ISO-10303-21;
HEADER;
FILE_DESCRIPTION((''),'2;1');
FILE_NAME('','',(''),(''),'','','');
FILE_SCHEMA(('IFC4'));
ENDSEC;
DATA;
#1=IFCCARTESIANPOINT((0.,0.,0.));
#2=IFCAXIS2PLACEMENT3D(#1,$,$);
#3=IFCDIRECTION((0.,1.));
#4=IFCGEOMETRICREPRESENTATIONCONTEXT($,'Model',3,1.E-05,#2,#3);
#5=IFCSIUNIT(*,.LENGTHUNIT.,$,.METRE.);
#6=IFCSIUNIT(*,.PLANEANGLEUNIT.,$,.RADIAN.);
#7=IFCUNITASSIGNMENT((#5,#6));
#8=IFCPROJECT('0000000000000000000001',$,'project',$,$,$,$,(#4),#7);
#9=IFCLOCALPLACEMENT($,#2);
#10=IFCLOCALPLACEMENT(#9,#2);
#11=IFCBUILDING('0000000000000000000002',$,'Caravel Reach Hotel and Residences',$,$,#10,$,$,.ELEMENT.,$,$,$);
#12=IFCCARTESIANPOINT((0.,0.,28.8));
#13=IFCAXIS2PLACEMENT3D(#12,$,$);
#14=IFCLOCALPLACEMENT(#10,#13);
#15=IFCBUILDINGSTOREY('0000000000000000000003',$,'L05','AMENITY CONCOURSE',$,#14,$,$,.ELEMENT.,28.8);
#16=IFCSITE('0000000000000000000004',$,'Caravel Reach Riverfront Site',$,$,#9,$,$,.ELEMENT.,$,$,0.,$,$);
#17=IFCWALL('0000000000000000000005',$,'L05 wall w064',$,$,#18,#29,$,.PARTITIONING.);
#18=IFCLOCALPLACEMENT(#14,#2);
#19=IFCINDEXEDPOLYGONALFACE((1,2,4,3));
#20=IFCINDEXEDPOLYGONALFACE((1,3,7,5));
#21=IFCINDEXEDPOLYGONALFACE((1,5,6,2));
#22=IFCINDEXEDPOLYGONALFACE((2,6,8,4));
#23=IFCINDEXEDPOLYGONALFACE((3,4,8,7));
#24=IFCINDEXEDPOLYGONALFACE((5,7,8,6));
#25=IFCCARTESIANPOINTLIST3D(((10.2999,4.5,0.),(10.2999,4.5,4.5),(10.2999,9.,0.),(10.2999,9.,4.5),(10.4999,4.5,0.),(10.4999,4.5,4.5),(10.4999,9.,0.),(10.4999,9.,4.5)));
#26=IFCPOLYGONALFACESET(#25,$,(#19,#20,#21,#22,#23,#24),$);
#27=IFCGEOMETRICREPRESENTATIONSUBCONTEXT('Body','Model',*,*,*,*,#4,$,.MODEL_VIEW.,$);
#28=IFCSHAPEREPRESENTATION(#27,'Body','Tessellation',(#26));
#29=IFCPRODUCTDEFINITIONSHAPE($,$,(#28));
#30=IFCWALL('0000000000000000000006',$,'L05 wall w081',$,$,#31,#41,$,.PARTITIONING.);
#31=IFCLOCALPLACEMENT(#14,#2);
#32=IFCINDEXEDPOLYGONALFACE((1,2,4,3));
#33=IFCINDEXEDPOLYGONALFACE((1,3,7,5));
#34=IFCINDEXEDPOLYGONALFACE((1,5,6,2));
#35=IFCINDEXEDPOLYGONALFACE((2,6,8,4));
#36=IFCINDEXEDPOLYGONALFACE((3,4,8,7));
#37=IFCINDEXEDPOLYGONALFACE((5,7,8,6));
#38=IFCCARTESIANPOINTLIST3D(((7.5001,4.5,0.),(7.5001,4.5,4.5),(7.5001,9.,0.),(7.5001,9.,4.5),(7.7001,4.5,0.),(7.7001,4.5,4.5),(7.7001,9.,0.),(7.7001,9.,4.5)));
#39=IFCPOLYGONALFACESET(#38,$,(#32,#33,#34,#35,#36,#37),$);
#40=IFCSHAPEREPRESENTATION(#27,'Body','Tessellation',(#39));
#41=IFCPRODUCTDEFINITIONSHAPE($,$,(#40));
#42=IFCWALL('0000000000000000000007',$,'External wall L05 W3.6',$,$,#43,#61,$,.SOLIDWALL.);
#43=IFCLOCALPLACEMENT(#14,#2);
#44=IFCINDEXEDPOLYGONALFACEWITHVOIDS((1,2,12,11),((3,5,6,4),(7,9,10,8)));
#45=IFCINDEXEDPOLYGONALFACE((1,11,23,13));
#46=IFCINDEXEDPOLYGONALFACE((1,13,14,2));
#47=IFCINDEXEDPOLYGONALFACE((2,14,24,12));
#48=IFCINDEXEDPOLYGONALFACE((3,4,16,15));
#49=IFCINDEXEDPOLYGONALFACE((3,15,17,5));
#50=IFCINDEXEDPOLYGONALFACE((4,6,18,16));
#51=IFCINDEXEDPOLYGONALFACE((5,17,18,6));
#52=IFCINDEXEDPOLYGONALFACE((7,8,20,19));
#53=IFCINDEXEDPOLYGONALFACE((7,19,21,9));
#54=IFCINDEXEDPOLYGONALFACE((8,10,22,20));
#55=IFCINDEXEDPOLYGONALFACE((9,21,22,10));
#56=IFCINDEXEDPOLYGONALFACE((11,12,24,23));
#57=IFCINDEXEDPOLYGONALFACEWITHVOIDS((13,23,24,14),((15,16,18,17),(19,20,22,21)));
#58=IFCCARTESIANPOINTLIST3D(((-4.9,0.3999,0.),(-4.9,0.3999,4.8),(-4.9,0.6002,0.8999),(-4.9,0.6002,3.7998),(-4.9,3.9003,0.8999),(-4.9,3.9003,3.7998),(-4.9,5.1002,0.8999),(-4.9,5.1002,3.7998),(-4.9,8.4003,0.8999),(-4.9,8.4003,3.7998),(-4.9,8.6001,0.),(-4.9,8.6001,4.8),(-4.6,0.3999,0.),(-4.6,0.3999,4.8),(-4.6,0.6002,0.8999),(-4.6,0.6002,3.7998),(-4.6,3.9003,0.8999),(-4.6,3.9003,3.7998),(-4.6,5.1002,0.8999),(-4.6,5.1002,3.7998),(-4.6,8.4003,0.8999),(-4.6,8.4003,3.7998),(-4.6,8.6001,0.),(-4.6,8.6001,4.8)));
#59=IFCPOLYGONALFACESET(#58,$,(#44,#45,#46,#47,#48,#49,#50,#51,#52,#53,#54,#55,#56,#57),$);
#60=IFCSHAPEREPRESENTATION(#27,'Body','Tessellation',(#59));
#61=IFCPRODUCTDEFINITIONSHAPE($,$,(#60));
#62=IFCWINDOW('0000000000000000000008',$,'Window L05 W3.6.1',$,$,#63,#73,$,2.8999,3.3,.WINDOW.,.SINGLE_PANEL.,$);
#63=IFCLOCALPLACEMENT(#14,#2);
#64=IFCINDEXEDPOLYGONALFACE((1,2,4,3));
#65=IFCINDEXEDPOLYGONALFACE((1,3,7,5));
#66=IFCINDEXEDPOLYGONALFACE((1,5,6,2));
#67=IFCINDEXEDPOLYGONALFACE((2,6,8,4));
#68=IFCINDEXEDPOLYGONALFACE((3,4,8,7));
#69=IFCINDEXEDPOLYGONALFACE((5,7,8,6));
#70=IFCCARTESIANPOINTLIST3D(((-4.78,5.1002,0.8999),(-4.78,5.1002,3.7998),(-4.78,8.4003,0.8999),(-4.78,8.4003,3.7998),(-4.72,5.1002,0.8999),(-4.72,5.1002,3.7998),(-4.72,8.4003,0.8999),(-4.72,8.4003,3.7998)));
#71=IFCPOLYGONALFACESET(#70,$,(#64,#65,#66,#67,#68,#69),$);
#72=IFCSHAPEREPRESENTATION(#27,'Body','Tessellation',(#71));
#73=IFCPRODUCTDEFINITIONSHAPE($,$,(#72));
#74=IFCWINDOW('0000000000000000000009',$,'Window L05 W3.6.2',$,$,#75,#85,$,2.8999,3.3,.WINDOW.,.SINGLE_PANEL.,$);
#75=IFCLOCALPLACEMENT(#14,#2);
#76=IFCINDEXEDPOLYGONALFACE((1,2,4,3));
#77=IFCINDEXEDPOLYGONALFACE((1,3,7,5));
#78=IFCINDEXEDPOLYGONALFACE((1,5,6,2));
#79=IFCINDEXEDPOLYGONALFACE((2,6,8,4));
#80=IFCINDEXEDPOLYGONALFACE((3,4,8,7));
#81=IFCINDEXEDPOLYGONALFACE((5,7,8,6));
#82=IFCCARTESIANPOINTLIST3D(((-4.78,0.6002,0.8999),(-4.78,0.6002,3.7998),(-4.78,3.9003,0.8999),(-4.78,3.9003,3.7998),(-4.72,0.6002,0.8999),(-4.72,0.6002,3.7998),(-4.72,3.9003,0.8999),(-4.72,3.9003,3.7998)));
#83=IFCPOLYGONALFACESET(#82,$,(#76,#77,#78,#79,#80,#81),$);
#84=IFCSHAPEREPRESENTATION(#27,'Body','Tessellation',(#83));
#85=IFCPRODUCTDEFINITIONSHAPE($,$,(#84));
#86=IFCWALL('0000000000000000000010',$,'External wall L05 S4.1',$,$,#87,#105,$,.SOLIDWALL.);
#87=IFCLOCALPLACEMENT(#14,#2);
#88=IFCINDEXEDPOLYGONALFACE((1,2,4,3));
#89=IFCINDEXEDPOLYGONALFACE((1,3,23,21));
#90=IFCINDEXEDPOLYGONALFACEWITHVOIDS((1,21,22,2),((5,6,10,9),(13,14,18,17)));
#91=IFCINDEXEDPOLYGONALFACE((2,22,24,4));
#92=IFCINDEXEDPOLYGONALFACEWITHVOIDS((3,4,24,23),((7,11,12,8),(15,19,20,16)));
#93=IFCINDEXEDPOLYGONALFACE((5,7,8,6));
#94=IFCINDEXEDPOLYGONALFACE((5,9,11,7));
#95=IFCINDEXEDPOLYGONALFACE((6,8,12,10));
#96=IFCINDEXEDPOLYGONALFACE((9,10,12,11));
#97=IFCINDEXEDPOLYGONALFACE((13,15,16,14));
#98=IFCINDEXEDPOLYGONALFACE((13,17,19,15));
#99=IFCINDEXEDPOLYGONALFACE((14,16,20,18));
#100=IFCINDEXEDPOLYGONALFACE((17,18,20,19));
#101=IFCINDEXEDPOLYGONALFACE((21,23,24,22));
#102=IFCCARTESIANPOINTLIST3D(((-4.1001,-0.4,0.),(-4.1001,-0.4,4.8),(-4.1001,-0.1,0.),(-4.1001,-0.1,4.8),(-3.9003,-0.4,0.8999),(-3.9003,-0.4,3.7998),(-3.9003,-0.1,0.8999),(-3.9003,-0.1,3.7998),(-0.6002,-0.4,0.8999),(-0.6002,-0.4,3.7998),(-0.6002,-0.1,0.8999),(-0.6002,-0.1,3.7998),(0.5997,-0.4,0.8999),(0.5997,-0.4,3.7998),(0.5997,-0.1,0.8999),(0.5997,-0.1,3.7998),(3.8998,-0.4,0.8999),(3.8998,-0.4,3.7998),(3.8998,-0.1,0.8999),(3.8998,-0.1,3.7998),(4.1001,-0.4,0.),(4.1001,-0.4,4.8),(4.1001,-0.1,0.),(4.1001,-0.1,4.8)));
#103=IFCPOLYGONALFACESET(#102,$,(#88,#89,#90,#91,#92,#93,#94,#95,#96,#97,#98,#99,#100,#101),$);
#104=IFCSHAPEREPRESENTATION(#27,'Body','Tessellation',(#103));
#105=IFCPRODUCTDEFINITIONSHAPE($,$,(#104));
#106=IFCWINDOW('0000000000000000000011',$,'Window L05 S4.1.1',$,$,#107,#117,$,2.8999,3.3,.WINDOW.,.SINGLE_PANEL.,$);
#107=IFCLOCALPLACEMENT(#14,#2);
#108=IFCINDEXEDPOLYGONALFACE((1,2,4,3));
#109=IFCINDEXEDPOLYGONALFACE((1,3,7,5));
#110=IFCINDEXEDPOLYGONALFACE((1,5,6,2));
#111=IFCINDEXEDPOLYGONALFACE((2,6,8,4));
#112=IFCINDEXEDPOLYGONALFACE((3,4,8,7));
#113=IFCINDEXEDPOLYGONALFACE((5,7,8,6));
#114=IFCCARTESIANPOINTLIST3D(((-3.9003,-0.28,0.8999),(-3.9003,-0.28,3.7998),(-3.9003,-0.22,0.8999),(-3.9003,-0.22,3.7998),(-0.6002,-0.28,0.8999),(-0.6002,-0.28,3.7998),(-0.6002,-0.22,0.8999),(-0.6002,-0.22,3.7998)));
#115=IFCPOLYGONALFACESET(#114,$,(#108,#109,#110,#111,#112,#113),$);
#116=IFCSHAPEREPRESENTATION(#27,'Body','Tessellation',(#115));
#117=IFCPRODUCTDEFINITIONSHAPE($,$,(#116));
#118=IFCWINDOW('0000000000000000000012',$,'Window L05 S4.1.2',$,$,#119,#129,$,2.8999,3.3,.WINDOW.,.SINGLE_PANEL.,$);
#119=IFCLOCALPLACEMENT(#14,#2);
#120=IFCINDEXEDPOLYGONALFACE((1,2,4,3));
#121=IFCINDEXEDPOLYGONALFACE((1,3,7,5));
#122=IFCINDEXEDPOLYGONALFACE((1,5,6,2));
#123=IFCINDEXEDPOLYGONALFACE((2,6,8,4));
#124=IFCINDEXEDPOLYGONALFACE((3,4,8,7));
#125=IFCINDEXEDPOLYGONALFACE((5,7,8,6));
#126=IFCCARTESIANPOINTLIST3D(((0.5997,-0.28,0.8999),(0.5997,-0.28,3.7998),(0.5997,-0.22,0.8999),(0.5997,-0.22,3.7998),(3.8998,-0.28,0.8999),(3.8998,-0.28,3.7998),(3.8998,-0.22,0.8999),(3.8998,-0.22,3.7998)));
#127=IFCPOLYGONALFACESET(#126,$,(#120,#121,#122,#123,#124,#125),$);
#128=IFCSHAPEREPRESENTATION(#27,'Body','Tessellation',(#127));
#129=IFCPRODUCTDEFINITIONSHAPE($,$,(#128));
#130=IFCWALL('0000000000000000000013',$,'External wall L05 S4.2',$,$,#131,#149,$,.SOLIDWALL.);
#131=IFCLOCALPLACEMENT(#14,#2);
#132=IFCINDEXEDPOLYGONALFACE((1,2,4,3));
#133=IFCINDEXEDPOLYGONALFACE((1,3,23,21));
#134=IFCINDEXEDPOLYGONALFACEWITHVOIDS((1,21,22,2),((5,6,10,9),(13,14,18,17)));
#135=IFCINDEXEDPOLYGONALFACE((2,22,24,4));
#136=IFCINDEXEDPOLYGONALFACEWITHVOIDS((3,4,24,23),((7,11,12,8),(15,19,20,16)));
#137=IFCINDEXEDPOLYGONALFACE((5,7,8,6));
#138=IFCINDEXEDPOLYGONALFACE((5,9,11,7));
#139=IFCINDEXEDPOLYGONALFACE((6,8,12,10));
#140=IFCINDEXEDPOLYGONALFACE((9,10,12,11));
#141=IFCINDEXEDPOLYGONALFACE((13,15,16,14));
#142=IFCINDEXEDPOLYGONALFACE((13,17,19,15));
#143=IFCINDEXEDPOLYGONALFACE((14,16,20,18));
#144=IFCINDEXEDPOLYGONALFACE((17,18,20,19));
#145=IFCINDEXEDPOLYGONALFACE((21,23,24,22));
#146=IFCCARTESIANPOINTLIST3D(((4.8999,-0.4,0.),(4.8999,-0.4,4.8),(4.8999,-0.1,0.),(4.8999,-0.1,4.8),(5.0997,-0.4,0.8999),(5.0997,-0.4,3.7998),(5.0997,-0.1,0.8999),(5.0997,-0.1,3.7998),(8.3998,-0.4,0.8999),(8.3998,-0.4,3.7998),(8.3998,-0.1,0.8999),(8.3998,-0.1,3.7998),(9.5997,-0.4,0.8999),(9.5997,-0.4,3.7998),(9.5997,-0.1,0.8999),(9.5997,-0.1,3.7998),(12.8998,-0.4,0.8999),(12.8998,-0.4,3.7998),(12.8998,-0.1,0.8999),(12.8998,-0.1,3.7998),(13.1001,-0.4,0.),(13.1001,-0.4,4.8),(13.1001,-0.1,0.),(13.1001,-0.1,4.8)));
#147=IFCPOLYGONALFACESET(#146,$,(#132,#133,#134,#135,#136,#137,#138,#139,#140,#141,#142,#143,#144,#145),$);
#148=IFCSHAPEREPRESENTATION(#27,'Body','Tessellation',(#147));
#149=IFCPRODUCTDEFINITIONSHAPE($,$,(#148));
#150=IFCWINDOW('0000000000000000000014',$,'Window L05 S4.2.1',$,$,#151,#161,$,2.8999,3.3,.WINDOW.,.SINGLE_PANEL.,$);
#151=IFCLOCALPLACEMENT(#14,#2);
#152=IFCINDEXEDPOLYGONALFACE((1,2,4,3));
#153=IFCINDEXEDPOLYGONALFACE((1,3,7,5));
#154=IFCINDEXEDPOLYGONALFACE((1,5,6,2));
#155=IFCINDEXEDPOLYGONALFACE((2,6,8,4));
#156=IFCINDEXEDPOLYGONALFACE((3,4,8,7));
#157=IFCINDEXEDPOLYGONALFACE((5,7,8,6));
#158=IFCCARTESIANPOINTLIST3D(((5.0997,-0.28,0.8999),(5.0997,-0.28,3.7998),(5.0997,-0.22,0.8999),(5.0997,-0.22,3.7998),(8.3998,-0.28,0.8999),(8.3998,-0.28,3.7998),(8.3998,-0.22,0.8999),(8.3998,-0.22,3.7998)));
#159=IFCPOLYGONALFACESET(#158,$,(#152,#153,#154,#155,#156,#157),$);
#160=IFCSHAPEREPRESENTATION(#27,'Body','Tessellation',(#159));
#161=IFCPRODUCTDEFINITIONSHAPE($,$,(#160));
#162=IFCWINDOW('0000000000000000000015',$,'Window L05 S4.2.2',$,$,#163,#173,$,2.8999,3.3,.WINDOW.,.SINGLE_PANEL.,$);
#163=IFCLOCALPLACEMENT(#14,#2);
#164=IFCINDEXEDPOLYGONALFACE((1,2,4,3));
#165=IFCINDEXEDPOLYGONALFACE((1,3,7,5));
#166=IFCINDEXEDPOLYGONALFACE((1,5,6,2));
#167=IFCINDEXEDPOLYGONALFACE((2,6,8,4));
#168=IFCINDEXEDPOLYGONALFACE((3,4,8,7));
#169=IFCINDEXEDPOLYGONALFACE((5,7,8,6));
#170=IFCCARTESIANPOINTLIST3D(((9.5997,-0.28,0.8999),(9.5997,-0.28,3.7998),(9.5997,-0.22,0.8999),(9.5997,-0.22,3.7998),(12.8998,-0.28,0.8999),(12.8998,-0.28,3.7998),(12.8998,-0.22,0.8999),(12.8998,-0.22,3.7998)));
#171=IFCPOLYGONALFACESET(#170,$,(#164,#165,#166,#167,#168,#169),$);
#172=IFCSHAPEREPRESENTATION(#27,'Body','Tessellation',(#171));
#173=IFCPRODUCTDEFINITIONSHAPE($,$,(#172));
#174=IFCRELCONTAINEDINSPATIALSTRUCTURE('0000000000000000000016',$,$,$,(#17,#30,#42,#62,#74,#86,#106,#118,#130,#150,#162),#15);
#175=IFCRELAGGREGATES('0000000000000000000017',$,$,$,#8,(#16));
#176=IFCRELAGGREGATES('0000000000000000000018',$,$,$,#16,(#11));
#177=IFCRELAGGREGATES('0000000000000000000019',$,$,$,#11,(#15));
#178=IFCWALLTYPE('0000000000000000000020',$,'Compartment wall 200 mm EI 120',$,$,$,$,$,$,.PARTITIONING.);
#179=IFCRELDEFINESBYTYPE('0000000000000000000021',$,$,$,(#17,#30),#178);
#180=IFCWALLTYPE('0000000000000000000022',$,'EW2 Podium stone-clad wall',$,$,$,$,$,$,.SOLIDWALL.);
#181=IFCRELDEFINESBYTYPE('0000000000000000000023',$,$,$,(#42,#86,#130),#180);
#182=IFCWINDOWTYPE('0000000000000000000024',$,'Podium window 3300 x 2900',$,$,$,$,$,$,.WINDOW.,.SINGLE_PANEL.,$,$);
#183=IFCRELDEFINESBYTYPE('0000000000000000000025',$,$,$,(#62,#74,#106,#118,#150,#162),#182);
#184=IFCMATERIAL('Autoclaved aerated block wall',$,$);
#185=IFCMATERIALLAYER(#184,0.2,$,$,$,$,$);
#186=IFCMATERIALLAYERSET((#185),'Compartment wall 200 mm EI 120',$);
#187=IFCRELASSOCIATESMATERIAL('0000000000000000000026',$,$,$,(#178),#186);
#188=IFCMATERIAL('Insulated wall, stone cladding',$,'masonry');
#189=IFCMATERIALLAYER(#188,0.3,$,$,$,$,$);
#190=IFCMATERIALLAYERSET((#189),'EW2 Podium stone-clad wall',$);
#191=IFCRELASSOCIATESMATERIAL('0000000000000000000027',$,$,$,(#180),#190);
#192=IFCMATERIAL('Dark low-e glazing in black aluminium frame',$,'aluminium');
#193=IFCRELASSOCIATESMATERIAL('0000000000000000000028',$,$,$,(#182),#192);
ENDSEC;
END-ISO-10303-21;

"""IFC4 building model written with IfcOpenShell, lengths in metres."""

from ifc_helpers import new_model, si_unit, direction, frame, frame_2d, origin, place, context, subcontext, project, spatial, rectangle, extrude, material, layer, layer_set, type_object, element, fill, save


model = new_model("IFC4")

# Units and contexts
model_context = context("Model", 3, precision=1e-05, world=origin(), true_north=direction((0.0, 1.0)))
body_context = subcontext(model_context, "Body", "Model", "MODEL_VIEW")
ifc_project = project(units=[si_unit("LENGTHUNIT", "METRE"), si_unit("PLANEANGLEUNIT", "RADIAN")], contexts=[model_context])

# Site, building, storey
site_placement = place(None, origin())
site = spatial("IfcSite", under=ifc_project, at=site_placement, Name="Caravel Reach Riverfront Site", CompositionType="ELEMENT", RefElevation=0.0)
building_placement = place(site_placement, origin())
building = spatial("IfcBuilding", under=site, at=building_placement, Name="Caravel Reach Hotel and Residences", CompositionType="ELEMENT")
storey_placement = place(building_placement, frame((0.0, 0.0, 28.8)))
storey = spatial("IfcBuildingStorey", under=building, at=storey_placement, Name="L05", Description="AMENITY CONCOURSE", CompositionType="ELEMENT", Elevation=28.8)

# Walls
ifc_material_1 = material(Name="Autoclaved aerated block wall")
ifc_layer_1 = layer(ifc_material_1, 0.2)
ifc_layer_set_1 = layer_set([ifc_layer_1], Name="Compartment wall 200 mm EI 120")
wall_type_1 = type_object("IfcWallType", Name="Compartment wall 200 mm EI 120", PredefinedType="PARTITIONING", material=ifc_layer_set_1)
for number, where, z_axis, x_axis, name in (
    (1, (10.3999, 4.5, 0.0), (0.0, 0.0, 1.0), (0.0, 1.0, 0.0), "L05 wall w064"),
    (2, (7.6001, 4.5, 0.0), (0.0, 0.0, 1.0), (0.0, 1.0, 0.0), "L05 wall w081"),
):
    element("IfcWall", number, at=place(storey_placement, frame(where, z_axis=z_axis, x_axis=x_axis)), inside=storey, type_object=wall_type_1, Name=name, PredefinedType="PARTITIONING", context=body_context, shape_type="SweptSolid", body=[
        extrude(rectangle(XDim=4.5, YDim=0.2, at=frame_2d((2.25, 0.0))), origin(), (0.0, 0.0, 1.0), 4.5),
    ])

# Walls, openings, windows
ifc_material_2 = material(Name="Insulated wall, stone cladding", Category="masonry")
ifc_layer_2 = layer(ifc_material_2, 0.3)
ifc_layer_set_2 = layer_set([ifc_layer_2], Name="EW2 Podium stone-clad wall")
wall_type_2 = type_object("IfcWallType", Name="EW2 Podium stone-clad wall", PredefinedType="SOLIDWALL", material=ifc_layer_set_2)
wall_1_placement = place(storey_placement, frame((-4.75, 8.6001, 0.0), z_axis=(0.0, 0.0, 1.0), x_axis=(0.0, -1.0, 0.0)))
wall_1 = element("IfcWall", 3, at=wall_1_placement, inside=storey, type_object=wall_type_2, Name="External wall L05 W3.6", PredefinedType="SOLIDWALL", context=body_context, shape_type="SweptSolid", body=[
    extrude(rectangle(XDim=8.2002, YDim=0.3, at=frame_2d((4.1001, 0.0))), origin(), (0.0, 0.0, 1.0), 4.8),
])
opening_1_placement = place(wall_1_placement, frame((0.2, 0.0, 0.8999)))
opening_1 = element("IfcOpeningElement", 4, at=opening_1_placement, cuts=wall_1, PredefinedType="OPENING", context=body_context, shape_type="SweptSolid", body=[
    extrude(rectangle(XDim=3.3, YDim=2.8999, at=frame_2d((1.6499, 1.45))), frame((0.0, 0.1599, 0.0), z_axis=(0.0, -1.0, 0.0), x_axis=(1.0, 0.0, 0.0)), (0.0, 0.0, 1.0), 0.3201),
])
opening_2_placement = place(wall_1_placement, frame((4.7, 0.0, 0.8999)))
opening_2 = element("IfcOpeningElement", 5, at=opening_2_placement, cuts=wall_1, PredefinedType="OPENING", context=body_context, shape_type="SweptSolid", body=[
    extrude(rectangle(XDim=3.3, YDim=2.8999, at=frame_2d((1.6499, 1.45))), frame((0.0, 0.1599, 0.0), z_axis=(0.0, -1.0, 0.0), x_axis=(1.0, 0.0, 0.0)), (0.0, 0.0, 1.0), 0.3201),
])
ifc_material_3 = material(Name="Dark low-e glazing in black aluminium frame", Category="aluminium")
window_type = type_object("IfcWindowType", Name="Podium window 3300 x 2900", PartitioningType="SINGLE_PANEL", PredefinedType="WINDOW", material=ifc_material_3)
window_1_placement = place(opening_1_placement, origin())
window_1 = element("IfcWindow", 6, at=window_1_placement, inside=storey, type_object=window_type, Name="Window L05 W3.6.1", OverallHeight=2.8999, OverallWidth=3.3, PartitioningType="SINGLE_PANEL", PredefinedType="WINDOW", context=body_context, shape_type="SweptSolid", body=[
    extrude(rectangle(XDim=3.3, YDim=2.8999, at=frame_2d((1.6499, 1.45))), frame((0.0, 0.03, 0.0), z_axis=(0.0, -1.0, 0.0), x_axis=(1.0, 0.0, 0.0)), (0.0, 0.0, 1.0), 0.0601),
])
fill(opening_1, window_1)
window_2_placement = place(opening_2_placement, origin())
window_2 = element("IfcWindow", 7, at=window_2_placement, inside=storey, type_object=window_type, Name="Window L05 W3.6.2", OverallHeight=2.8999, OverallWidth=3.3, PartitioningType="SINGLE_PANEL", PredefinedType="WINDOW", context=body_context, shape_type="SweptSolid", body=[
    extrude(rectangle(XDim=3.3, YDim=2.8999, at=frame_2d((1.6499, 1.45))), frame((0.0, 0.03, 0.0), z_axis=(0.0, -1.0, 0.0), x_axis=(1.0, 0.0, 0.0)), (0.0, 0.0, 1.0), 0.0601),
])
fill(opening_2, window_2)
wall_2_placement = place(storey_placement, frame((-4.1001, -0.25, 0.0), z_axis=(0.0, 0.0, 1.0), x_axis=(1.0, 0.0, 0.0)))
wall_2 = element("IfcWall", 8, at=wall_2_placement, inside=storey, type_object=wall_type_2, Name="External wall L05 S4.1", PredefinedType="SOLIDWALL", context=body_context, shape_type="SweptSolid", body=[
    extrude(rectangle(XDim=8.2002, YDim=0.3, at=frame_2d((4.1001, 0.0))), origin(), (0.0, 0.0, 1.0), 4.8),
])
opening_3_placement = place(wall_2_placement, frame((0.2, 0.0, 0.8999)))
opening_3 = element("IfcOpeningElement", 9, at=opening_3_placement, cuts=wall_2, PredefinedType="OPENING", context=body_context, shape_type="SweptSolid", body=[
    extrude(rectangle(XDim=3.3, YDim=2.8999, at=frame_2d((1.6499, 1.45))), frame((0.0, 0.1599, 0.0), z_axis=(0.0, -1.0, 0.0), x_axis=(1.0, 0.0, 0.0)), (0.0, 0.0, 1.0), 0.3201),
])
opening_4_placement = place(wall_2_placement, frame((4.7, 0.0, 0.8999)))
opening_4 = element("IfcOpeningElement", 10, at=opening_4_placement, cuts=wall_2, PredefinedType="OPENING", context=body_context, shape_type="SweptSolid", body=[
    extrude(rectangle(XDim=3.3, YDim=2.8999, at=frame_2d((1.6499, 1.45))), frame((0.0, 0.1599, 0.0), z_axis=(0.0, -1.0, 0.0), x_axis=(1.0, 0.0, 0.0)), (0.0, 0.0, 1.0), 0.3201),
])
window_3_placement = place(opening_3_placement, origin())
window_3 = element("IfcWindow", 11, at=window_3_placement, inside=storey, type_object=window_type, Name="Window L05 S4.1.1", OverallHeight=2.8999, OverallWidth=3.3, PartitioningType="SINGLE_PANEL", PredefinedType="WINDOW", context=body_context, shape_type="SweptSolid", body=[
    extrude(rectangle(XDim=3.3, YDim=2.8999, at=frame_2d((1.6499, 1.45))), frame((0.0, 0.03, 0.0), z_axis=(0.0, -1.0, 0.0), x_axis=(1.0, 0.0, 0.0)), (0.0, 0.0, 1.0), 0.0601),
])
fill(opening_3, window_3)
window_4_placement = place(opening_4_placement, origin())
window_4 = element("IfcWindow", 12, at=window_4_placement, inside=storey, type_object=window_type, Name="Window L05 S4.1.2", OverallHeight=2.8999, OverallWidth=3.3, PartitioningType="SINGLE_PANEL", PredefinedType="WINDOW", context=body_context, shape_type="SweptSolid", body=[
    extrude(rectangle(XDim=3.3, YDim=2.8999, at=frame_2d((1.6499, 1.45))), frame((0.0, 0.03, 0.0), z_axis=(0.0, -1.0, 0.0), x_axis=(1.0, 0.0, 0.0)), (0.0, 0.0, 1.0), 0.0601),
])
fill(opening_4, window_4)
wall_3_placement = place(storey_placement, frame((4.8999, -0.25, 0.0), z_axis=(0.0, 0.0, 1.0), x_axis=(1.0, 0.0, 0.0)))
wall_3 = element("IfcWall", 13, at=wall_3_placement, inside=storey, type_object=wall_type_2, Name="External wall L05 S4.2", PredefinedType="SOLIDWALL", context=body_context, shape_type="SweptSolid", body=[
    extrude(rectangle(XDim=8.2002, YDim=0.3, at=frame_2d((4.1001, 0.0))), origin(), (0.0, 0.0, 1.0), 4.8),
])
opening_5_placement = place(wall_3_placement, frame((0.2, 0.0, 0.8999)))
opening_5 = element("IfcOpeningElement", 14, at=opening_5_placement, cuts=wall_3, PredefinedType="OPENING", context=body_context, shape_type="SweptSolid", body=[
    extrude(rectangle(XDim=3.3, YDim=2.8999, at=frame_2d((1.6499, 1.45))), frame((0.0, 0.1599, 0.0), z_axis=(0.0, -1.0, 0.0), x_axis=(1.0, 0.0, 0.0)), (0.0, 0.0, 1.0), 0.3201),
])
opening_6_placement = place(wall_3_placement, frame((4.7, 0.0, 0.8999)))
opening_6 = element("IfcOpeningElement", 15, at=opening_6_placement, cuts=wall_3, PredefinedType="OPENING", context=body_context, shape_type="SweptSolid", body=[
    extrude(rectangle(XDim=3.3, YDim=2.8999, at=frame_2d((1.6499, 1.45))), frame((0.0, 0.1599, 0.0), z_axis=(0.0, -1.0, 0.0), x_axis=(1.0, 0.0, 0.0)), (0.0, 0.0, 1.0), 0.3201),
])
window_5_placement = place(opening_5_placement, origin())
window_5 = element("IfcWindow", 16, at=window_5_placement, inside=storey, type_object=window_type, Name="Window L05 S4.2.1", OverallHeight=2.8999, OverallWidth=3.3, PartitioningType="SINGLE_PANEL", PredefinedType="WINDOW", context=body_context, shape_type="SweptSolid", body=[
    extrude(rectangle(XDim=3.3, YDim=2.8999, at=frame_2d((1.6499, 1.45))), frame((0.0, 0.03, 0.0), z_axis=(0.0, -1.0, 0.0), x_axis=(1.0, 0.0, 0.0)), (0.0, 0.0, 1.0), 0.0601),
])
fill(opening_5, window_5)
window_6_placement = place(opening_6_placement, origin())
window_6 = element("IfcWindow", 17, at=window_6_placement, inside=storey, type_object=window_type, Name="Window L05 S4.2.2", OverallHeight=2.8999, OverallWidth=3.3, PartitioningType="SINGLE_PANEL", PredefinedType="WINDOW", context=body_context, shape_type="SweptSolid", body=[
    extrude(rectangle(XDim=3.3, YDim=2.8999, at=frame_2d((1.6499, 1.45))), frame((0.0, 0.03, 0.0), z_axis=(0.0, -1.0, 0.0), x_axis=(1.0, 0.0, 0.0)), (0.0, 0.0, 1.0), 0.0601),
])
fill(opening_6, window_6)

save(model, "model.ifc")
